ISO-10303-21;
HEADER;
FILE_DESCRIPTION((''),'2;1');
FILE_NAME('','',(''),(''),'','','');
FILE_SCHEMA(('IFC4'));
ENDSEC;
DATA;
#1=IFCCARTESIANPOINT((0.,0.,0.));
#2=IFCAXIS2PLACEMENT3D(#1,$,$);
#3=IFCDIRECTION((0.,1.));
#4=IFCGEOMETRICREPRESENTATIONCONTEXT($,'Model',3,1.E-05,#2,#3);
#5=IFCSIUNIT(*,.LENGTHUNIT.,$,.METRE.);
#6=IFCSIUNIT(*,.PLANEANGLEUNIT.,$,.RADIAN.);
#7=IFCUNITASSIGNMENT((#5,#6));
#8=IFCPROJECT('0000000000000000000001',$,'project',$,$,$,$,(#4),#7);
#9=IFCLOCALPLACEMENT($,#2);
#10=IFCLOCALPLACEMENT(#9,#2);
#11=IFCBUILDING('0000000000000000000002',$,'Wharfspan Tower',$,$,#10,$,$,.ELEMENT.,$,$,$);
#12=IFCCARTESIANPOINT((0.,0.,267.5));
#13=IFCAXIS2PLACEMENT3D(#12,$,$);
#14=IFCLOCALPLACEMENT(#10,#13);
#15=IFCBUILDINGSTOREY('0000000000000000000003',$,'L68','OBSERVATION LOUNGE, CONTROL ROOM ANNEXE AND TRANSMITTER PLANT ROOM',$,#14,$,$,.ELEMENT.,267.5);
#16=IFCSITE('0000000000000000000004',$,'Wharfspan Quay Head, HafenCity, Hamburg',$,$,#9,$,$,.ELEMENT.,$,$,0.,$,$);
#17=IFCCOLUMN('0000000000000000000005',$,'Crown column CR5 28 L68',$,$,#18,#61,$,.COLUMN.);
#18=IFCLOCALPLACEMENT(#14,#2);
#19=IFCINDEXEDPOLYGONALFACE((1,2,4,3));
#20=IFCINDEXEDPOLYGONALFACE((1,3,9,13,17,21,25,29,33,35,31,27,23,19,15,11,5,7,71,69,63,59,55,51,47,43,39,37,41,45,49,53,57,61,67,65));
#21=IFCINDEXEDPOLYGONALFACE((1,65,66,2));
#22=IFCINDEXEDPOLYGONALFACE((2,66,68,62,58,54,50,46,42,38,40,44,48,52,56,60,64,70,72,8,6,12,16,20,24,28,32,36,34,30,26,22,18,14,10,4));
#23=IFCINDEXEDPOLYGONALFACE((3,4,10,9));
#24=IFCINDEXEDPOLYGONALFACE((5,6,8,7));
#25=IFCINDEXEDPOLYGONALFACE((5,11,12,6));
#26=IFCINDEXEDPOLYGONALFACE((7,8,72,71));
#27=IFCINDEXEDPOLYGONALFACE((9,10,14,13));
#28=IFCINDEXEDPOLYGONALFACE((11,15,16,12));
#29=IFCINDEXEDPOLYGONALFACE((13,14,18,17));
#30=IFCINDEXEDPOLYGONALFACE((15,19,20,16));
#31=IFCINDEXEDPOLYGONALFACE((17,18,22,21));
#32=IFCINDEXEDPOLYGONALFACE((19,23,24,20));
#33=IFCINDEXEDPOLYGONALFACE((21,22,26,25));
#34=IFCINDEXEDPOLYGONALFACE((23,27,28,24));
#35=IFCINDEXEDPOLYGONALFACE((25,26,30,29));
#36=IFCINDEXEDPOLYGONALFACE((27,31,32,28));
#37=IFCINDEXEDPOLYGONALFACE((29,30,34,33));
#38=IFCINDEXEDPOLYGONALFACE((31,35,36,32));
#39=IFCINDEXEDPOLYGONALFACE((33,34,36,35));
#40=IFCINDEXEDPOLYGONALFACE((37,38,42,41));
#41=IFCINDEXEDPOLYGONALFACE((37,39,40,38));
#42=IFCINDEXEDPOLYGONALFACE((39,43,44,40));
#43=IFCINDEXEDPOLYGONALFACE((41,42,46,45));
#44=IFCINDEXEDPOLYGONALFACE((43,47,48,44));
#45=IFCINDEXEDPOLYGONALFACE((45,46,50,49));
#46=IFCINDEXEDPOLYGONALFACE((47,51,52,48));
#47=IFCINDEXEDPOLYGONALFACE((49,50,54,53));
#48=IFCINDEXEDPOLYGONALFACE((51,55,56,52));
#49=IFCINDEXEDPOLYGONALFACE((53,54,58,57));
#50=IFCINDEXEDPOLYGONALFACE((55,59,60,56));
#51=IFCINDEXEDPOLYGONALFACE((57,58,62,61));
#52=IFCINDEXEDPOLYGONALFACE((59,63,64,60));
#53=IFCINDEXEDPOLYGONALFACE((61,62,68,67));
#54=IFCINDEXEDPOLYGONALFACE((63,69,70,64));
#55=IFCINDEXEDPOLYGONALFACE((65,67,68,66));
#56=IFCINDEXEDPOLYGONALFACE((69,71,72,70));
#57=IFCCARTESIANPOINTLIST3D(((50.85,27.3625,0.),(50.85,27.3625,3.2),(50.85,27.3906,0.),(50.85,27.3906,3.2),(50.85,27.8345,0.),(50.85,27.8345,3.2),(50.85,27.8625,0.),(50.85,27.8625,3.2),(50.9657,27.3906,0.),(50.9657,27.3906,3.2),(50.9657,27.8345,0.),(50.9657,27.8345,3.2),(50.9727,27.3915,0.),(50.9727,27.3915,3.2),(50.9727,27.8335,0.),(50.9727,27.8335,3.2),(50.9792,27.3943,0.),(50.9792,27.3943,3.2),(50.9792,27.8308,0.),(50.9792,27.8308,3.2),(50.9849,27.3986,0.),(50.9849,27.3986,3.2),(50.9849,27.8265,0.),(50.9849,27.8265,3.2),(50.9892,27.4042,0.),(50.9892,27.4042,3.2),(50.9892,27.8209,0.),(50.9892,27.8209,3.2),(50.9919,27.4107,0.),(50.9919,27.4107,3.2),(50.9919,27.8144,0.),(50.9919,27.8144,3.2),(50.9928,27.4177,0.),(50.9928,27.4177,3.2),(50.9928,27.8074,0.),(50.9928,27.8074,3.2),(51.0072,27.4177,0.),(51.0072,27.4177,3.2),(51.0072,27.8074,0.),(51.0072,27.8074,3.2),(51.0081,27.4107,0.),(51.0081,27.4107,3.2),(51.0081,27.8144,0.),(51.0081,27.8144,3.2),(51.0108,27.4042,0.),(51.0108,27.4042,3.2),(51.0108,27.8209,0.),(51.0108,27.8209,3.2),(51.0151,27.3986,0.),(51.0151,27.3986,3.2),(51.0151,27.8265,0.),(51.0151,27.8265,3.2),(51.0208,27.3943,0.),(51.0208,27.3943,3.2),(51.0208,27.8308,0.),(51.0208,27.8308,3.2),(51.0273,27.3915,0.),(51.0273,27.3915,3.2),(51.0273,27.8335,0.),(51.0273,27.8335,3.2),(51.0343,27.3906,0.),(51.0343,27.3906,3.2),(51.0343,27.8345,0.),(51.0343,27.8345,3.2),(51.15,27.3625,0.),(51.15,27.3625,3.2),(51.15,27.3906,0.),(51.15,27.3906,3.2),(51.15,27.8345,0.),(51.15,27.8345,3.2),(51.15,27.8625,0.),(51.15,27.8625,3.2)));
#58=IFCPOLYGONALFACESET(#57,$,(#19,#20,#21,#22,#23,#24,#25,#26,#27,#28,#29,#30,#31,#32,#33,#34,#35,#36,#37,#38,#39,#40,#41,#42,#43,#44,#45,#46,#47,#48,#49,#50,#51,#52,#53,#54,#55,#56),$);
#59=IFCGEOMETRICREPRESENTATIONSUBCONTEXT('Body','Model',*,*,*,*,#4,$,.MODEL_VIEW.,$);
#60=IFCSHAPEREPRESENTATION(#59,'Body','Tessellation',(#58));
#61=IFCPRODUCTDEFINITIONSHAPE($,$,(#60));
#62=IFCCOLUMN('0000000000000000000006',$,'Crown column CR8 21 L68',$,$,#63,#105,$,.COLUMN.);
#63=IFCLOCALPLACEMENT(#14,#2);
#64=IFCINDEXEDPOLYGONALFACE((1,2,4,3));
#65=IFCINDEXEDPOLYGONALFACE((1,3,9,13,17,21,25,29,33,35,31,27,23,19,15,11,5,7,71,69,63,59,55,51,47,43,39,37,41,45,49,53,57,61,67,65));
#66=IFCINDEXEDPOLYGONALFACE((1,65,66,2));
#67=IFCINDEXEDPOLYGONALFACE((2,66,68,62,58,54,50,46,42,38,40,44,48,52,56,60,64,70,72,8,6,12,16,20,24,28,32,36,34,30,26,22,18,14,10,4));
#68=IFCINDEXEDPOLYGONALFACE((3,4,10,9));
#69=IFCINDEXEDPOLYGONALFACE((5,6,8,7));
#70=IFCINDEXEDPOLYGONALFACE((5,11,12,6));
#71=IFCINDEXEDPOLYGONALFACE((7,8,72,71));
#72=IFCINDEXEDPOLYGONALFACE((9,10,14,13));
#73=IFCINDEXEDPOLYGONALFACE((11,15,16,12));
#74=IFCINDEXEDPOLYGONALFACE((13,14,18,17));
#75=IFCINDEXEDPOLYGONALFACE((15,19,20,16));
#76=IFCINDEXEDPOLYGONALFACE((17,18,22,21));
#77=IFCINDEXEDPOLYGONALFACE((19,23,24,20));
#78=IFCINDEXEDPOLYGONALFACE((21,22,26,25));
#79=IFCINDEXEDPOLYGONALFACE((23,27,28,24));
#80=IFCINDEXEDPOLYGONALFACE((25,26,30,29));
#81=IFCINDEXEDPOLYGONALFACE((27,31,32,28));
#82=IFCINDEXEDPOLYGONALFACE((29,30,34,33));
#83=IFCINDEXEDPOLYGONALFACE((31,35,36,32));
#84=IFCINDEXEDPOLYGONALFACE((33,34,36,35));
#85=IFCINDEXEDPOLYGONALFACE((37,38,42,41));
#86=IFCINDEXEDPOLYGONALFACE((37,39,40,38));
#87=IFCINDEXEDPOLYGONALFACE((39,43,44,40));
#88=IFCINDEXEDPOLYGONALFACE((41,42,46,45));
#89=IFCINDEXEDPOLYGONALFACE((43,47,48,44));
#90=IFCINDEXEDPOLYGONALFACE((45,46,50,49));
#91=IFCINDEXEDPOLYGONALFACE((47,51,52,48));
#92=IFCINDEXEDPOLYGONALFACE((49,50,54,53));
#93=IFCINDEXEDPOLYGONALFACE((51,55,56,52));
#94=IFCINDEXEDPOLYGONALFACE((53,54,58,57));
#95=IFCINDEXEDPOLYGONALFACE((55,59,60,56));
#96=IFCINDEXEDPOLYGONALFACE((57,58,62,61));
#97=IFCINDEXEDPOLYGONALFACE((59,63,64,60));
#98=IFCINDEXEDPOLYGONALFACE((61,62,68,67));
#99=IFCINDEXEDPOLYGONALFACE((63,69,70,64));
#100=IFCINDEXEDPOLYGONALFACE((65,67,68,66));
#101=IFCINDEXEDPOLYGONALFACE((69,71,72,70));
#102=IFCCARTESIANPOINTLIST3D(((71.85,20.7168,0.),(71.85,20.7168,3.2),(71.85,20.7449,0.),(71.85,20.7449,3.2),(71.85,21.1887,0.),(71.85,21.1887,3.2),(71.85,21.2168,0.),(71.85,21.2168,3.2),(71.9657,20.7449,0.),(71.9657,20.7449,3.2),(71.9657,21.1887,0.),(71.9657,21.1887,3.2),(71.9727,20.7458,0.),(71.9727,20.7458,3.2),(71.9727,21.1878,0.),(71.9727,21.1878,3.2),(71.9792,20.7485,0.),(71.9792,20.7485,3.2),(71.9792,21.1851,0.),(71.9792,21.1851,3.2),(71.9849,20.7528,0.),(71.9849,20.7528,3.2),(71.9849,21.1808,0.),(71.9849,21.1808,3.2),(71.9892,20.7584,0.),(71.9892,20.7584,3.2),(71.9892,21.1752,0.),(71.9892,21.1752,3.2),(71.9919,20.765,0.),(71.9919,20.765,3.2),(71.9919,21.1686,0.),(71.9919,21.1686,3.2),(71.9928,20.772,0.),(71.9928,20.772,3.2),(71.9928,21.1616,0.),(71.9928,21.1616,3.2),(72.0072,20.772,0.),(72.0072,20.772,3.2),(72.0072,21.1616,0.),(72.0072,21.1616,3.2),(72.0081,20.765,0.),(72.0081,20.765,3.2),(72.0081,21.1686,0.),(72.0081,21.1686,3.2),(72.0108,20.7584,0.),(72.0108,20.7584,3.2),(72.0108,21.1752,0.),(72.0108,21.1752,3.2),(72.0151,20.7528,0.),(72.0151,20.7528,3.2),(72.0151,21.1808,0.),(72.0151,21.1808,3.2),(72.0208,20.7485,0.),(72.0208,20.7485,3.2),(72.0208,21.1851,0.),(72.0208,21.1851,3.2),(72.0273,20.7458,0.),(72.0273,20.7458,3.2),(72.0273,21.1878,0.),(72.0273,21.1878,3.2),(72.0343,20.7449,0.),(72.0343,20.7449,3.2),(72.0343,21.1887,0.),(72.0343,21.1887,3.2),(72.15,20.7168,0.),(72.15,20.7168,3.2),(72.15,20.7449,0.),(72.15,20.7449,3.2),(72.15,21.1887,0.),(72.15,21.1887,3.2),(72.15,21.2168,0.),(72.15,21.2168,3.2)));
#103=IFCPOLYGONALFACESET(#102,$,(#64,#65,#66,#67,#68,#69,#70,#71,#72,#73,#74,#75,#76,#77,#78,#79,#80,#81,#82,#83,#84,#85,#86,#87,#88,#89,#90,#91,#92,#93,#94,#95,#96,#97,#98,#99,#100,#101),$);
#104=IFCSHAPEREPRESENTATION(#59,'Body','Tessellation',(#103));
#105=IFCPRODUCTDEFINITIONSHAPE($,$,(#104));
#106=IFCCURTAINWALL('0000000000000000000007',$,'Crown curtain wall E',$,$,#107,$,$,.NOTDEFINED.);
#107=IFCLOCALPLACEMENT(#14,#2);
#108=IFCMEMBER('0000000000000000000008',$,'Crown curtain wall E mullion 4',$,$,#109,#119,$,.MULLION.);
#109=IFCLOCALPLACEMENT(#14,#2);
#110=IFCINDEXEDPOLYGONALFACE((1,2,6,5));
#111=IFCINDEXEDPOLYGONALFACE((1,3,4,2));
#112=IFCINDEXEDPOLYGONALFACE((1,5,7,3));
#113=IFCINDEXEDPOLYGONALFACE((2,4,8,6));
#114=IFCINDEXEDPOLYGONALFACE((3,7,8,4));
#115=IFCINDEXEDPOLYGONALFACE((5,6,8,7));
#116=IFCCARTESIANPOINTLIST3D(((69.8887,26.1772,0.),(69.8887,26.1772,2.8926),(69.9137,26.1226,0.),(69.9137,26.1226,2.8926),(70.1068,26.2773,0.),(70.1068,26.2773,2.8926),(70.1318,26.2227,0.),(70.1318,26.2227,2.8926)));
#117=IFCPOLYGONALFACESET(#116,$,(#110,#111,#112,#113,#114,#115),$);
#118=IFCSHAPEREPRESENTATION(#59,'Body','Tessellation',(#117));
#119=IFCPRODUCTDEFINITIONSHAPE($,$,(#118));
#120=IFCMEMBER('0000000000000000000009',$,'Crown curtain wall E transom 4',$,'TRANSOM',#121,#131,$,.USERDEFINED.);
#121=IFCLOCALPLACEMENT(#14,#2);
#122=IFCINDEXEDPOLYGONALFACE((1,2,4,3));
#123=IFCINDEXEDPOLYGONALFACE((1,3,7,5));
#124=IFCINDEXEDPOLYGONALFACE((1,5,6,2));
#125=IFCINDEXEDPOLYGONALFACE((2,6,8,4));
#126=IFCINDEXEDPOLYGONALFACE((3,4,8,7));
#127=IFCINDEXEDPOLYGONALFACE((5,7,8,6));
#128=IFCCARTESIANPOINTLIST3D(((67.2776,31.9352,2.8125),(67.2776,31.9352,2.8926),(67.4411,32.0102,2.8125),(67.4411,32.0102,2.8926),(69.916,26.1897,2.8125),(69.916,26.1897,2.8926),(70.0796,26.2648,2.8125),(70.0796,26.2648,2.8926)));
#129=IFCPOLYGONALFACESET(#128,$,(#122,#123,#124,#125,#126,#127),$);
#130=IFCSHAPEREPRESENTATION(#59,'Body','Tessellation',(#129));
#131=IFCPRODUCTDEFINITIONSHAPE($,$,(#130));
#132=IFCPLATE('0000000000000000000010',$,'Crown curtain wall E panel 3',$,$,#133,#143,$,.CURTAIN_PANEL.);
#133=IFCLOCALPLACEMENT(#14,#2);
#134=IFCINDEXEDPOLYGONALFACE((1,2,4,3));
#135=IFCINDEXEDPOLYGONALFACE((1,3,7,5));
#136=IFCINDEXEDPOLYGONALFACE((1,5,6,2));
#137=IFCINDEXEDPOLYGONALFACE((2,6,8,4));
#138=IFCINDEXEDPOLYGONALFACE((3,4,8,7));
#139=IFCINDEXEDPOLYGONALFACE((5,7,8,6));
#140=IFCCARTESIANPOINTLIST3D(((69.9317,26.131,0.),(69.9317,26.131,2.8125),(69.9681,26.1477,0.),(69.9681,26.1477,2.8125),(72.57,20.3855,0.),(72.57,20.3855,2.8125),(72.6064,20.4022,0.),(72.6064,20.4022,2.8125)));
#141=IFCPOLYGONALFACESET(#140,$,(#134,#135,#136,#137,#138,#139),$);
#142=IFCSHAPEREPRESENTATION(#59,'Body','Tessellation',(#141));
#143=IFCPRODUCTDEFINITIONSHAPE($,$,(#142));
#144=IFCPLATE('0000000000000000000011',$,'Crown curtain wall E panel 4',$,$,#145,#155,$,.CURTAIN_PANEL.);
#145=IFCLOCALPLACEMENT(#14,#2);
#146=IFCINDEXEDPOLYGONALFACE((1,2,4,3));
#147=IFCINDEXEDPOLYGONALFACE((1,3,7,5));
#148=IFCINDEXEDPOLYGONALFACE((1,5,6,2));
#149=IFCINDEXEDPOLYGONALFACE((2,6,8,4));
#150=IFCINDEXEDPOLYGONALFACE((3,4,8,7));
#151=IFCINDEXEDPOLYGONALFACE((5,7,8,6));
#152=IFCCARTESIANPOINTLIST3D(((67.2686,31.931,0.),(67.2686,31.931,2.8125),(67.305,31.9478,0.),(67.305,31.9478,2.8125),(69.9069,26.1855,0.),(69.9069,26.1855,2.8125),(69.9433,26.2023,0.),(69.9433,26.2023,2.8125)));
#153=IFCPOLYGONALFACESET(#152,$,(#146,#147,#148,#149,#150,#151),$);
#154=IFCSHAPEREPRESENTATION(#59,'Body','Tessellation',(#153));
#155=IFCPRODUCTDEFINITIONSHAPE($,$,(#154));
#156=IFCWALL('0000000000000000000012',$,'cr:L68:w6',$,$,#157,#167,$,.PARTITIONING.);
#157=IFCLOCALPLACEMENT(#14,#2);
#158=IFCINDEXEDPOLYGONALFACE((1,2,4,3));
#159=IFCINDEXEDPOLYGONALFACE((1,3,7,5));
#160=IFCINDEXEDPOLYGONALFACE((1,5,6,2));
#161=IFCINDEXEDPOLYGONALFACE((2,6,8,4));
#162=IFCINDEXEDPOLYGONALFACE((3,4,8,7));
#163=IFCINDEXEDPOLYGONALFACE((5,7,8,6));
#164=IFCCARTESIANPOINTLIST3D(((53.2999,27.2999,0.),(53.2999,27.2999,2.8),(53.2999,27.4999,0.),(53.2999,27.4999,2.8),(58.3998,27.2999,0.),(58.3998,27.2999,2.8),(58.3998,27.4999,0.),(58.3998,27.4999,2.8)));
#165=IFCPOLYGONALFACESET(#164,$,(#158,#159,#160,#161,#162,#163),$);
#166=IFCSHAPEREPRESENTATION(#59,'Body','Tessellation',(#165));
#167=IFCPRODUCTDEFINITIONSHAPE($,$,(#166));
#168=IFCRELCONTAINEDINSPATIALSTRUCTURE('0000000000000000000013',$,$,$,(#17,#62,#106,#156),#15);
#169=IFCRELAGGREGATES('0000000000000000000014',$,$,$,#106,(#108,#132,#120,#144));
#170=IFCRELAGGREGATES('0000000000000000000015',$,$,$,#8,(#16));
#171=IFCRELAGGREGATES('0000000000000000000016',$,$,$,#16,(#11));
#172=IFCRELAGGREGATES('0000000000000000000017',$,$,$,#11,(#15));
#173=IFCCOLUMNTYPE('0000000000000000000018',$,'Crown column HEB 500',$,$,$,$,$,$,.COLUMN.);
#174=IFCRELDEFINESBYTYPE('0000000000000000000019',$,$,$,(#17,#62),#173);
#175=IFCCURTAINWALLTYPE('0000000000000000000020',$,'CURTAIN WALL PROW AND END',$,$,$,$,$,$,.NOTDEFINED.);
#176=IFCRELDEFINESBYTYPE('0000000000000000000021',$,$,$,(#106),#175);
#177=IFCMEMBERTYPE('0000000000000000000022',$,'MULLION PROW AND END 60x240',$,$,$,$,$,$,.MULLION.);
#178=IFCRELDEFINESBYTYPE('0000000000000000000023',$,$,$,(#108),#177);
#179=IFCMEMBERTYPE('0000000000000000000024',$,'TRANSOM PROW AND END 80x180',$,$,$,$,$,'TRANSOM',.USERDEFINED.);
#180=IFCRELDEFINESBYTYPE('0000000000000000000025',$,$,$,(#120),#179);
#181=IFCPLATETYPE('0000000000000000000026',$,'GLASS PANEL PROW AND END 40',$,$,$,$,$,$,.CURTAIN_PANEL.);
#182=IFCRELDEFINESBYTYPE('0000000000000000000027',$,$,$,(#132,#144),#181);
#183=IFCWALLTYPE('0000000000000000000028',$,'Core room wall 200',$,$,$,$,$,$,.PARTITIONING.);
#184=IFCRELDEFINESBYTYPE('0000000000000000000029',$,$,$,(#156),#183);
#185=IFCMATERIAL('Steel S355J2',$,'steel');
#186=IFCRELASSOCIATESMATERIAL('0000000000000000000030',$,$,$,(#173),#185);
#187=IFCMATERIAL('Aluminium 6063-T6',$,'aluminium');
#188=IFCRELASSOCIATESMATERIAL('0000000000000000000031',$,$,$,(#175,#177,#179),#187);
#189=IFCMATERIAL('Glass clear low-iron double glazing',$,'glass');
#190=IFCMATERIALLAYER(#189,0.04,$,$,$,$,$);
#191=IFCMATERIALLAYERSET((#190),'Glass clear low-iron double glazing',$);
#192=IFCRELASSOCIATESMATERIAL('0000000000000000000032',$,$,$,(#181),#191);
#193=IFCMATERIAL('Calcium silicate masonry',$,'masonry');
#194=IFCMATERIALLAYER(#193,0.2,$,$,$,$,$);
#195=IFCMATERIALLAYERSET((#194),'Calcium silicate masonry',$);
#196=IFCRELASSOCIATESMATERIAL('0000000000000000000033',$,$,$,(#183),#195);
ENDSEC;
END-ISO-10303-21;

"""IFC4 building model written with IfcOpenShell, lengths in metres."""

from ifc_helpers import new_model, si_unit, direction, frame, frame_2d, origin, origin_2d, place, context, subcontext, project, spatial, rectangle, i_section, extrude, material, layer, layer_set, material_profile, profile_set, type_object, element, aggregate, save


model = new_model("IFC4")

# Units and contexts
model_context = context("Model", 3, precision=1e-05, world=origin(), true_north=direction((0.0, 1.0)))
body_context = subcontext(model_context, "Body", "Model", "MODEL_VIEW")
ifc_project = project(units=[si_unit("LENGTHUNIT", "METRE"), si_unit("PLANEANGLEUNIT", "RADIAN")], contexts=[model_context])

# Site, building, storey
site_placement = place(None, origin())
site = spatial("IfcSite", under=ifc_project, at=site_placement, Name="Wharfspan Quay Head, HafenCity, Hamburg", CompositionType="ELEMENT", RefElevation=0.0)
building_placement = place(site_placement, origin())
building = spatial("IfcBuilding", under=site, at=building_placement, Name="Wharfspan Tower", CompositionType="ELEMENT")
storey_placement = place(building_placement, frame((0.0, 0.0, 267.5)))
storey = spatial("IfcBuildingStorey", under=building, at=storey_placement, Name="L68", Description="OBSERVATION LOUNGE, CONTROL ROOM ANNEXE AND TRANSMITTER PLANT ROOM", CompositionType="ELEMENT", Elevation=267.5)

# Columns
ifc_material_1 = material(Name="Steel S355J2", Category="steel")
ifc_material_profile_1 = material_profile(ifc_material_1, i_section(OverallWidth=0.3, OverallDepth=0.5, WebThickness=0.0144, FlangeThickness=0.0281, FilletRadius=0.0271, at=origin_2d()))
ifc_profile_set_1 = profile_set([ifc_material_profile_1], Name="Steel S355J2")
column_type = type_object("IfcColumnType", Name="Crown column HEB 500", PredefinedType="COLUMN", material=ifc_profile_set_1)
for number, where, z_axis, x_axis, name in (
    (1, (51.0, 27.6125, 0.0), (0.0, 0.0, 1.0), (1.0, 0.0, 0.0), "Crown column CR5 28 L68"),
    (2, (72.0, 20.9668, 0.0), (0.0, 0.0, 1.0), (1.0, 0.0, 0.0), "Crown column CR8 21 L68"),
):
    element("IfcColumn", number, at=place(storey_placement, frame(where, z_axis=z_axis, x_axis=x_axis)), inside=storey, type_object=column_type, Name=name, PredefinedType="COLUMN", context=body_context, shape_type="SweptSolid", body=[
        extrude(i_section(OverallWidth=0.3, OverallDepth=0.5, WebThickness=0.0144, FlangeThickness=0.0281, FilletRadius=0.0271, at=origin_2d()), origin(), (0.0, 0.0, 1.0), 3.2),
    ])

# Curtain wall, members, plates
ifc_material_2 = material(Name="Aluminium 6063-T6", Category="aluminium")
curtain_wall_type = type_object("IfcCurtainWallType", Name="CURTAIN WALL PROW AND END", PredefinedType="NOTDEFINED", material=ifc_material_2)
curtain_wall_placement = place(storey_placement, origin())
curtain_wall = element("IfcCurtainWall", 3, at=curtain_wall_placement, inside=storey, type_object=curtain_wall_type, Name="Crown curtain wall E", PredefinedType="NOTDEFINED")
ifc_material_profile_2 = material_profile(ifc_material_2, rectangle(XDim=0.24, YDim=0.0601, at=origin_2d()))
ifc_profile_set_2 = profile_set([ifc_material_profile_2], Name="Aluminium 6063-T6")
member_type_1 = type_object("IfcMemberType", Name="MULLION PROW AND END 60x240", PredefinedType="MULLION", material=ifc_profile_set_2)
member_1_placement = place(storey_placement, frame((70.0103, 26.2, 0.0), z_axis=(0.0, 0.0, 1.0), x_axis=(-0.908769, -0.417292, 0.0)))
member_1 = element("IfcMember", 4, at=member_1_placement, type_object=member_type_1, Name="Crown curtain wall E mullion 4", PredefinedType="MULLION", context=body_context, shape_type="SweptSolid", body=[
    extrude(rectangle(XDim=0.24, YDim=0.0601, at=origin_2d()), origin(), (0.0, 0.0, 1.0), 2.8926),
])
ifc_material_profile_3 = material_profile(ifc_material_2, rectangle(XDim=0.1799, YDim=0.0801, at=origin_2d()))
ifc_profile_set_3 = profile_set([ifc_material_profile_3], Name="Aluminium 6063-T6")
member_type_2 = type_object("IfcMemberType", Name="TRANSOM PROW AND END 80x180", ElementType="TRANSOM", PredefinedType="USERDEFINED", material=ifc_profile_set_3)
member_2_placement = place(storey_placement, frame((69.9978, 26.2273, 2.8525), z_axis=(-0.417326, 0.908757, 0.0), x_axis=(-0.908757, -0.417326, 0.0)))
member_2 = element("IfcMember", 5, at=member_2_placement, type_object=member_type_2, Name="Crown curtain wall E transom 4", ObjectType="TRANSOM", PredefinedType="USERDEFINED", context=body_context, shape_type="SweptSolid", body=[
    extrude(rectangle(XDim=0.1799, YDim=0.0801, at=origin_2d()), origin(), (0.0, 0.0, 1.0), 6.3223),
])
ifc_material_3 = material(Name="Glass clear low-iron double glazing", Category="glass")
ifc_layer_1 = layer(ifc_material_3, 0.04)
ifc_layer_set_1 = layer_set([ifc_layer_1], Name="Glass clear low-iron double glazing")
plate_type = type_object("IfcPlateType", Name="GLASS PANEL PROW AND END 40", PredefinedType="CURTAIN_PANEL", material=ifc_layer_set_1)
plate_1_placement = place(storey_placement, frame((71.269, 23.2666, 0.0), z_axis=(0.0, 0.0, 1.0), x_axis=(-0.417292, 0.908769, 0.0)))
plate_1 = element("IfcPlate", 6, at=plate_1_placement, type_object=plate_type, Name="Crown curtain wall E panel 3", PredefinedType="CURTAIN_PANEL", context=body_context, shape_type="SweptSolid", body=[
    extrude(rectangle(XDim=6.3223, YDim=0.04, at=origin_2d()), origin(), (0.0, 0.0, 1.0), 2.8125),
])
plate_2_placement = place(storey_placement, frame((68.606, 29.0666, 0.0), z_axis=(0.0, 0.0, 1.0), x_axis=(-0.417292, 0.908769, 0.0)))
plate_2 = element("IfcPlate", 7, at=plate_2_placement, type_object=plate_type, Name="Crown curtain wall E panel 4", PredefinedType="CURTAIN_PANEL", context=body_context, shape_type="SweptSolid", body=[
    extrude(rectangle(XDim=6.3223, YDim=0.04, at=origin_2d()), origin(), (0.0, 0.0, 1.0), 2.8125),
])
aggregate(curtain_wall, [member_1, plate_1, member_2, plate_2])

# Wall
ifc_material_4 = material(Name="Calcium silicate masonry", Category="masonry")
ifc_layer_2 = layer(ifc_material_4, 0.2)
ifc_layer_set_2 = layer_set([ifc_layer_2], Name="Calcium silicate masonry")
wall_type_1 = type_object("IfcWallType", Name="Core room wall 200", PredefinedType="PARTITIONING", material=ifc_layer_set_2)
wall_1_placement = place(storey_placement, frame((53.3, 27.3999, 0.0), z_axis=(0.0, 0.0, 1.0), x_axis=(1.0, 0.0, 0.0)))
element("IfcWall", 8, at=wall_1_placement, inside=storey, type_object=wall_type_1, Name="cr:L68:w6", PredefinedType="PARTITIONING", context=body_context, shape_type="SweptSolid", body=[
    extrude(rectangle(XDim=5.0999, YDim=0.2, at=frame_2d((2.5498, 0.0))), origin(), (0.0, 0.0, 1.0), 2.8),
])

save(model, "model.ifc")
